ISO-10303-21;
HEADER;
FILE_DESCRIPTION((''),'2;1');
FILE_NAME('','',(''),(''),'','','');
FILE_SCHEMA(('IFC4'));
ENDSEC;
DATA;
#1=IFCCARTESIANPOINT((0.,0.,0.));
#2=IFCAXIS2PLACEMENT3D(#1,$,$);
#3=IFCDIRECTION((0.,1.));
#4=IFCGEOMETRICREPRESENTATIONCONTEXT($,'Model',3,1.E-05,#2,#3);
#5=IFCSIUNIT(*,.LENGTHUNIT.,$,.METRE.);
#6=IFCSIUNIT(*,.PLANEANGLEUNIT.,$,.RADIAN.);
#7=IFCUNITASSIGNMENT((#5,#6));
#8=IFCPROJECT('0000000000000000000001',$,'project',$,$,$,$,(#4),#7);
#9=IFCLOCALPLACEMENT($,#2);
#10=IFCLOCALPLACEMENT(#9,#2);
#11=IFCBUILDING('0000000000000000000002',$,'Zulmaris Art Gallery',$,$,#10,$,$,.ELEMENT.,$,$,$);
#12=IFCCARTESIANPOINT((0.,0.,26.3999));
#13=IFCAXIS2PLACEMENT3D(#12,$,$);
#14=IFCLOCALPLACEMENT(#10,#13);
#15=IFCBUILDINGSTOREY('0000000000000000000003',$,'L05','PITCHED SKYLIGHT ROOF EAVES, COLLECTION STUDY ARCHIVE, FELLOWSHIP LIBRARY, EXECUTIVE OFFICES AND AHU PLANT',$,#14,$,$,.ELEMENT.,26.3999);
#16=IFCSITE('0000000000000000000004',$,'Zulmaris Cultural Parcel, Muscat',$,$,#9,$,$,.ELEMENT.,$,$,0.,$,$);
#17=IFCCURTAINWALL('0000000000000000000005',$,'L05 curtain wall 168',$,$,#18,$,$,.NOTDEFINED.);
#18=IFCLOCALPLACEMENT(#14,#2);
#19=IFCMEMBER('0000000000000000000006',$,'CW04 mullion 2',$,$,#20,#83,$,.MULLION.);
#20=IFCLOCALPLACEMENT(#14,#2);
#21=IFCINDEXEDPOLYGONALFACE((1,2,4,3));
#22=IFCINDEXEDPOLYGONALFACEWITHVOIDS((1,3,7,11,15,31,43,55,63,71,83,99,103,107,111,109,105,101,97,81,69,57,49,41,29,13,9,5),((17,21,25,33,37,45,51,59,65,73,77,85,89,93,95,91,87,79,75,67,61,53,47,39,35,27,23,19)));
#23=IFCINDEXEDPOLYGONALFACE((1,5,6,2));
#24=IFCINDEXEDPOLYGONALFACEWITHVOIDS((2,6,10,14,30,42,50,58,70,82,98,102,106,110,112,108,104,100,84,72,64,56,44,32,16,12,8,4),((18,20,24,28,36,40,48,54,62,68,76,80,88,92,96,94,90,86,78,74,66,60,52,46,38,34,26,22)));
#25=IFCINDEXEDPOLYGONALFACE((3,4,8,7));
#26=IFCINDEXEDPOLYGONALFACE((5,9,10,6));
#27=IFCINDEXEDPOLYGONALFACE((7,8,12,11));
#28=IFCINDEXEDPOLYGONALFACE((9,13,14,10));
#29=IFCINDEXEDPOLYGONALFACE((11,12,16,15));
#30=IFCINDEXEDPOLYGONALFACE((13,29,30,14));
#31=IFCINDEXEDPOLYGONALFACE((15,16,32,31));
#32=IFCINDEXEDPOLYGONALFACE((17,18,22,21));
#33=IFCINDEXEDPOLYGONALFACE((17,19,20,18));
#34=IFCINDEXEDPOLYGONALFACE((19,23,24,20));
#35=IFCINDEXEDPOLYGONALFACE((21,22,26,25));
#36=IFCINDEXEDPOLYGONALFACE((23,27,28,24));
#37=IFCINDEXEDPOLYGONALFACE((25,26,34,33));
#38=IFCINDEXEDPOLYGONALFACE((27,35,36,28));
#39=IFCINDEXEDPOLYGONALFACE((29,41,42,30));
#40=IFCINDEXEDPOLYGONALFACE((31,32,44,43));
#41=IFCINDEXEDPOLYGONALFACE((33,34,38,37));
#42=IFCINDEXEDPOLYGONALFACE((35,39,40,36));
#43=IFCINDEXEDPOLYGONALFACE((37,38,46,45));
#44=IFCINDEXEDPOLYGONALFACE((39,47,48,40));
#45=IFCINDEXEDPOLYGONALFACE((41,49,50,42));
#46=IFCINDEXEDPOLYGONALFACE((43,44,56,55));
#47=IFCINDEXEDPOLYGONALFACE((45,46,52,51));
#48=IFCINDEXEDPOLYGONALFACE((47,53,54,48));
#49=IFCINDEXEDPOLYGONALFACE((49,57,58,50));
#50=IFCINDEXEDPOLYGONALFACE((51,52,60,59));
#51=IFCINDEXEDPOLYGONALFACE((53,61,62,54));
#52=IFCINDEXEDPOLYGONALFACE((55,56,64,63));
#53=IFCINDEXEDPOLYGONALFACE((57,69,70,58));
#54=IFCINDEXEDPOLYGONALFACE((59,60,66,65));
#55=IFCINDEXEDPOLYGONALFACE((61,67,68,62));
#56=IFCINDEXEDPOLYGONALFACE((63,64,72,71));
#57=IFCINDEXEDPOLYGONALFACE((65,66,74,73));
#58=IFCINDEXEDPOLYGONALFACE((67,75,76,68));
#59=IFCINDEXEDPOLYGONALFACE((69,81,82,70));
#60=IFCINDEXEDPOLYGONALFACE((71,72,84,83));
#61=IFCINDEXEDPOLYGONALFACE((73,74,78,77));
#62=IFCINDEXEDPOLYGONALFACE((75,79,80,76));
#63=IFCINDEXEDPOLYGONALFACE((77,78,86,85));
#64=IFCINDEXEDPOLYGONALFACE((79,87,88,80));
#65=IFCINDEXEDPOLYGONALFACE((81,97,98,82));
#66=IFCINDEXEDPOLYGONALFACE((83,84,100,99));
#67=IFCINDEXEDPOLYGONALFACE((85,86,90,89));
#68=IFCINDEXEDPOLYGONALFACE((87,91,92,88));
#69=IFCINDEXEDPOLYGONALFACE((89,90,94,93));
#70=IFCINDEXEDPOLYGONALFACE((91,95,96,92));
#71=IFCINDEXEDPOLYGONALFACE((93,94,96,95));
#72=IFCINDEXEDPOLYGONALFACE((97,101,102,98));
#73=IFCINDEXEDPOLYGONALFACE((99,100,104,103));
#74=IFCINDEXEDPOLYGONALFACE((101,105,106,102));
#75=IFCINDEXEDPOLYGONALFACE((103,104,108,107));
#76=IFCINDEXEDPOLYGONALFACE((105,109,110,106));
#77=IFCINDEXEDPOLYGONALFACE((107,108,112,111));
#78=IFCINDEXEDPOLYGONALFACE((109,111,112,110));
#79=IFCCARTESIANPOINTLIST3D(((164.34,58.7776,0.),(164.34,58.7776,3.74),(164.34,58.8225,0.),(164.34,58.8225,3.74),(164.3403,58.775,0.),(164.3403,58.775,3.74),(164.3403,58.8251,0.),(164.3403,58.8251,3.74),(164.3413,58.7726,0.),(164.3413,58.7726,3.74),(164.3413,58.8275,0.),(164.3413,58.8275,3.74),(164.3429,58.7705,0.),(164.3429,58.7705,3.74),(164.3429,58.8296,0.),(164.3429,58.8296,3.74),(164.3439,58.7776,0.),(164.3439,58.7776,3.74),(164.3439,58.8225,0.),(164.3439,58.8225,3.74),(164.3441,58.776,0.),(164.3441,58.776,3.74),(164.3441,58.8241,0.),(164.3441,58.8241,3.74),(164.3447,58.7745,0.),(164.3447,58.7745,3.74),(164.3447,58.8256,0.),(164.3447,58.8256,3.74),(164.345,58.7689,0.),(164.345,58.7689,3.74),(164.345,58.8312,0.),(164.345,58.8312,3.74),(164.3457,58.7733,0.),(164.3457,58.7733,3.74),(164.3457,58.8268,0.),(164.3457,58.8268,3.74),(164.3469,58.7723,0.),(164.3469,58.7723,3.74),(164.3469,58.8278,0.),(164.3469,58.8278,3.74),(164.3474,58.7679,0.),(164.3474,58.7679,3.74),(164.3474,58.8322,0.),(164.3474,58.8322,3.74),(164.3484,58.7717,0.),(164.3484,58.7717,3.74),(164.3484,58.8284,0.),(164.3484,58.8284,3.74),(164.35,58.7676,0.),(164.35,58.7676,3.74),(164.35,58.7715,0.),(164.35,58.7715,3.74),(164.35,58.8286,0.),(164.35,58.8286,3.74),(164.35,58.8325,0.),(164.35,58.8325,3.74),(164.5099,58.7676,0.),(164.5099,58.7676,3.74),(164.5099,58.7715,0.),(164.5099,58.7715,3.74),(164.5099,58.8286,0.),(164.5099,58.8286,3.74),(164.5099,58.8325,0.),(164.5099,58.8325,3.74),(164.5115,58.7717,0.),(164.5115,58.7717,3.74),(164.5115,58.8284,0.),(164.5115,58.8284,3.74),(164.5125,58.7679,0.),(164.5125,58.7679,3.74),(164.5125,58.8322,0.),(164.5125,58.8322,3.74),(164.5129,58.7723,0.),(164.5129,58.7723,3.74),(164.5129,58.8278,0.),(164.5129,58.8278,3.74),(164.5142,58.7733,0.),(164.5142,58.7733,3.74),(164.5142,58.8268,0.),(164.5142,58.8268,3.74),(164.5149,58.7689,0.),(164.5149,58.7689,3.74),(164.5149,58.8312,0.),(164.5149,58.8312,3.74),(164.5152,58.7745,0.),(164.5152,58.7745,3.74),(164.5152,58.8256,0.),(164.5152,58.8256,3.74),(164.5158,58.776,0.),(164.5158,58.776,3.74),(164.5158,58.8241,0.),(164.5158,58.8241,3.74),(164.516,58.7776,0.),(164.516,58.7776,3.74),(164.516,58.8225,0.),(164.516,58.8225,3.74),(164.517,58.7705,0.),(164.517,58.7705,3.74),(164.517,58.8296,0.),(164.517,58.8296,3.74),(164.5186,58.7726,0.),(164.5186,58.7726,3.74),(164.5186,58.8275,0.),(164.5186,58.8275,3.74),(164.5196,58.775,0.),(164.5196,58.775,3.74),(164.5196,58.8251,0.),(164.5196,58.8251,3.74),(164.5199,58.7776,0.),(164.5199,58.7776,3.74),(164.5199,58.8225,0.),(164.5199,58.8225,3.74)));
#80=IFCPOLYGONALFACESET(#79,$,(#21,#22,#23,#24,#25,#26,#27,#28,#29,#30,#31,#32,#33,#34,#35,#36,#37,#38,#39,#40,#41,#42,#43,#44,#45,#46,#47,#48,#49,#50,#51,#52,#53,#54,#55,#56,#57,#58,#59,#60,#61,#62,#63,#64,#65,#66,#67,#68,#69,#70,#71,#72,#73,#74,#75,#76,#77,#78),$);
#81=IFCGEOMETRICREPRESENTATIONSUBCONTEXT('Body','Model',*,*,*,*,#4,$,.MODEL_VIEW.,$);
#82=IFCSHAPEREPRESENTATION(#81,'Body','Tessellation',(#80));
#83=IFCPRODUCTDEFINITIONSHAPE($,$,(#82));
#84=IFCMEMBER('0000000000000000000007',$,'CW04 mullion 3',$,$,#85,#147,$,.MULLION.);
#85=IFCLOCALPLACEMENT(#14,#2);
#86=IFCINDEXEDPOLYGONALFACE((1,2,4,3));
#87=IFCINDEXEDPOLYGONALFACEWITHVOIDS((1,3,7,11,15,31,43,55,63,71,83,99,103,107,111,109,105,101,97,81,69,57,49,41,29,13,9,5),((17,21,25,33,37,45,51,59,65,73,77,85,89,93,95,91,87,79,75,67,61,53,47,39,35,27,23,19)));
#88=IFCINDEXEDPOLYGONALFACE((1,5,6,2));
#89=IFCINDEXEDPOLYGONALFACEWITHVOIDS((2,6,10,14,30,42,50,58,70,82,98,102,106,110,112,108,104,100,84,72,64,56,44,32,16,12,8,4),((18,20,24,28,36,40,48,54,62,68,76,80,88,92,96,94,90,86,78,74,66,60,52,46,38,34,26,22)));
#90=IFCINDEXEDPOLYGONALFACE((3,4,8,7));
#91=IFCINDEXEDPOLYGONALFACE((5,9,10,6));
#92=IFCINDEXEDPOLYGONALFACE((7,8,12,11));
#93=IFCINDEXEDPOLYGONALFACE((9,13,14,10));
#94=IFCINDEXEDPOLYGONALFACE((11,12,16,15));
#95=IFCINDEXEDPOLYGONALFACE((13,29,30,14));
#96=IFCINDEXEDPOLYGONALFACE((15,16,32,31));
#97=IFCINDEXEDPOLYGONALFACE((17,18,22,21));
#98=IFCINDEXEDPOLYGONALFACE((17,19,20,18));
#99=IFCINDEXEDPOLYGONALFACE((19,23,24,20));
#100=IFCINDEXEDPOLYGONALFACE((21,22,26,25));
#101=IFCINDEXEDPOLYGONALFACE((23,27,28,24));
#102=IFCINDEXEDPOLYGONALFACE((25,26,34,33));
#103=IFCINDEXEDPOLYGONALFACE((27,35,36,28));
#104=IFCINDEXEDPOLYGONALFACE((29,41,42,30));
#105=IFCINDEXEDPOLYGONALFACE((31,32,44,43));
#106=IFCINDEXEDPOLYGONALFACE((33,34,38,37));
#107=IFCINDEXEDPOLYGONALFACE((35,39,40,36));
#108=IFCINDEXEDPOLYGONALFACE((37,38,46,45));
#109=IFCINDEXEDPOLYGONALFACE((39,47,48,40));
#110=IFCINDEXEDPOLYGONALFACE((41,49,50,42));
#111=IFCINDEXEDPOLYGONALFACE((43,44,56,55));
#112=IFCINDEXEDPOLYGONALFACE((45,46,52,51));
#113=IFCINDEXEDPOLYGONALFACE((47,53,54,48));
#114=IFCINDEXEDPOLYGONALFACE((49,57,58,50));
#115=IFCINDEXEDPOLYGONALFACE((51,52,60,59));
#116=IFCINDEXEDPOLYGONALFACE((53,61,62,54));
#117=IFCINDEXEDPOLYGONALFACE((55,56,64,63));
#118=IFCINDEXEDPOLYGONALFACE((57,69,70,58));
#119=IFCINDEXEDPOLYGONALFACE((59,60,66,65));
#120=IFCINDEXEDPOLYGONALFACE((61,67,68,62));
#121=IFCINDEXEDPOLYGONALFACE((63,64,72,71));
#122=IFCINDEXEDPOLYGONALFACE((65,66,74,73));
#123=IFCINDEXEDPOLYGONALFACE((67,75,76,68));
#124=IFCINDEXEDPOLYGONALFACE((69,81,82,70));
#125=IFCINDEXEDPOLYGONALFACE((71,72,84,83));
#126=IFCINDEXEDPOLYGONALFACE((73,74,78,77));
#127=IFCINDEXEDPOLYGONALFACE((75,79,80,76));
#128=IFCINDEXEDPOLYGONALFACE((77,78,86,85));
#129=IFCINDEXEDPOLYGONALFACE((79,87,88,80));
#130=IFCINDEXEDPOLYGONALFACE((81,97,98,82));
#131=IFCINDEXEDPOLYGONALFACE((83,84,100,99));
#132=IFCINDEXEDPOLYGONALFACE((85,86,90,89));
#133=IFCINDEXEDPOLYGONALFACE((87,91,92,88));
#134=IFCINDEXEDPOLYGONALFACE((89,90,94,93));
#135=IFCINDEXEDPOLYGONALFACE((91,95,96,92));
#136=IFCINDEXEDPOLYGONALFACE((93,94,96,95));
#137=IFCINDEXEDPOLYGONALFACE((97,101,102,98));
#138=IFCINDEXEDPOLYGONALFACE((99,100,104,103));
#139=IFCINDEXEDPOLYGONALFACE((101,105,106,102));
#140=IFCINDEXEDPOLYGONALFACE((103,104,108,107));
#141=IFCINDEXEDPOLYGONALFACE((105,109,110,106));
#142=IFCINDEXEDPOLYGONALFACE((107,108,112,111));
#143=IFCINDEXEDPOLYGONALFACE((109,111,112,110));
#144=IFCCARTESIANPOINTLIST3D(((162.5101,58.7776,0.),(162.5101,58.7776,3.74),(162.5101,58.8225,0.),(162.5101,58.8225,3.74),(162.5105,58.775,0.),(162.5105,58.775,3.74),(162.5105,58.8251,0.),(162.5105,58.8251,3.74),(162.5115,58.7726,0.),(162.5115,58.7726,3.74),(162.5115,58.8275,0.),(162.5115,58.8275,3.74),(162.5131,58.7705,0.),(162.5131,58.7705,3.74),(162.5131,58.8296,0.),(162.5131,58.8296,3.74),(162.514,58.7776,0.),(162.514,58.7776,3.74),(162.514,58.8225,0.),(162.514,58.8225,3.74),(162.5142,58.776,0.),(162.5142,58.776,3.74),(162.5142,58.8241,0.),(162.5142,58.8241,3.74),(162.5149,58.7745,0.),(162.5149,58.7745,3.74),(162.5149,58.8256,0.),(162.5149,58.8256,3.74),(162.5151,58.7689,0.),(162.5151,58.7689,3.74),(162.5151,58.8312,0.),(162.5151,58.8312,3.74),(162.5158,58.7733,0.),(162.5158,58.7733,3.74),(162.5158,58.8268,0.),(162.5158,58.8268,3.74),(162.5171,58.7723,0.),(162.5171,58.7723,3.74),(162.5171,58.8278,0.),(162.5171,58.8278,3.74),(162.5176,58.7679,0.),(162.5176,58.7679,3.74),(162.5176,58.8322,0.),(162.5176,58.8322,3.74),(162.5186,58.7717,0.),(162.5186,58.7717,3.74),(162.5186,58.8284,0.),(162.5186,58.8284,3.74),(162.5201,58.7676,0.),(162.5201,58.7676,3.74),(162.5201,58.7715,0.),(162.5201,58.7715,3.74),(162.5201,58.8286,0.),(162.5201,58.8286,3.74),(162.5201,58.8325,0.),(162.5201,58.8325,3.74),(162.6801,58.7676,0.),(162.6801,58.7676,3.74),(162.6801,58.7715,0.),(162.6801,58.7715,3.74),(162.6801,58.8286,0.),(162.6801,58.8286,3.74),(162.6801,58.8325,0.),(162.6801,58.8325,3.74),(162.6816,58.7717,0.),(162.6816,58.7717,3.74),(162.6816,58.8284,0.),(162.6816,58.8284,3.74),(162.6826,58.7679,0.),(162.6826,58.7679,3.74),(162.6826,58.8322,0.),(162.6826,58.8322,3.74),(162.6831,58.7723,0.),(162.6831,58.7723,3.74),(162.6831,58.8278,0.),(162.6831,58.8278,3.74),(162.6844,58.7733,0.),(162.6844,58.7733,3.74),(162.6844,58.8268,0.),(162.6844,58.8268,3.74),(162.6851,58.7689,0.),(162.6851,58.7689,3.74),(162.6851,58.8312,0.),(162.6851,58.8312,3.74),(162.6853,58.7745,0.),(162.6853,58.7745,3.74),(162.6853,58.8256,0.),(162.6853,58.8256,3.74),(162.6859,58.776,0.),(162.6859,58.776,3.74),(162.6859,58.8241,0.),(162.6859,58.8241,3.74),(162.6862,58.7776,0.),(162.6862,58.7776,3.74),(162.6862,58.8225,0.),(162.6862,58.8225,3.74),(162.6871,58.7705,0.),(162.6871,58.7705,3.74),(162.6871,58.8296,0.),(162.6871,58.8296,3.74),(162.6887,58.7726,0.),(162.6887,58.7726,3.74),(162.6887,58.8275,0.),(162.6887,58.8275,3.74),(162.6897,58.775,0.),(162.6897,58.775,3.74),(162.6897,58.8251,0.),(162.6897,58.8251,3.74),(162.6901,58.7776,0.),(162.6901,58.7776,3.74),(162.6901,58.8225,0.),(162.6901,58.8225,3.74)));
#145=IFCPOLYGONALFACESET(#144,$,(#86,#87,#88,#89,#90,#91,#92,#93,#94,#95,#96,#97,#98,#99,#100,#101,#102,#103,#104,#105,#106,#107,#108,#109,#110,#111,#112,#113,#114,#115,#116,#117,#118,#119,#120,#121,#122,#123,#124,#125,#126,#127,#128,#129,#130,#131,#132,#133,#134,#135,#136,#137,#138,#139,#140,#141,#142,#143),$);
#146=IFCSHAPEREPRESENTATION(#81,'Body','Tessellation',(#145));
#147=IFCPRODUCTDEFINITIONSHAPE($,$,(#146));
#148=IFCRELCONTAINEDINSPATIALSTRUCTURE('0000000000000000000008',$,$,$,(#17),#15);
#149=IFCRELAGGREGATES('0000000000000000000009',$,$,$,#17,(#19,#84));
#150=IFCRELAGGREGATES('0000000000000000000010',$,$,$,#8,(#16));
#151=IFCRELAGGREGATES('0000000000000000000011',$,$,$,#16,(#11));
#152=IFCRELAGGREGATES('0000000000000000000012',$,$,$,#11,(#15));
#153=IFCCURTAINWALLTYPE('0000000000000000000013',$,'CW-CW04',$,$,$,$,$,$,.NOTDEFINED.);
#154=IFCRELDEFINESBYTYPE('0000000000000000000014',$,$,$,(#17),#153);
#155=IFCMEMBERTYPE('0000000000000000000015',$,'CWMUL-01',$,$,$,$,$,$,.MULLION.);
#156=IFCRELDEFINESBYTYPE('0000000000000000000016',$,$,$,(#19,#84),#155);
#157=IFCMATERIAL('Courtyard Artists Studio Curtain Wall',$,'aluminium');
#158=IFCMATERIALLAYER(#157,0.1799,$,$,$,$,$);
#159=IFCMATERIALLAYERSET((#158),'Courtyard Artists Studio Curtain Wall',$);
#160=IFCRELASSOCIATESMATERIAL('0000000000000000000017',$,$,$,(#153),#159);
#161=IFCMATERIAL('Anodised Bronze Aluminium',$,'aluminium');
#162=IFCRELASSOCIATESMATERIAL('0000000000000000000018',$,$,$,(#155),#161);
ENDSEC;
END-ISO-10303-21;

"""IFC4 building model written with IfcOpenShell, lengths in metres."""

from ifc_helpers import new_model, si_unit, direction, frame, origin, origin_2d, place, context, subcontext, project, spatial, hollow_rectangle, extrude, material, layer, layer_set, material_profile, profile_set, type_object, element, aggregate, save


model = new_model("IFC4")

# Units and contexts
model_context = context("Model", 3, precision=1e-05, world=origin(), true_north=direction((0.0, 1.0)))
body_context = subcontext(model_context, "Body", "Model", "MODEL_VIEW")
ifc_project = project(units=[si_unit("LENGTHUNIT", "METRE"), si_unit("PLANEANGLEUNIT", "RADIAN")], contexts=[model_context])

# Site, building, storey
site_placement = place(None, origin())
site = spatial("IfcSite", under=ifc_project, at=site_placement, Name="Zulmaris Cultural Parcel, Muscat", CompositionType="ELEMENT", RefElevation=0.0)
building_placement = place(site_placement, origin())
building = spatial("IfcBuilding", under=site, at=building_placement, Name="Zulmaris Art Gallery", CompositionType="ELEMENT")
storey_placement = place(building_placement, frame((0.0, 0.0, 26.3999)))
storey = spatial("IfcBuildingStorey", under=building, at=storey_placement, Name="L05", Description="PITCHED SKYLIGHT ROOF EAVES, COLLECTION STUDY ARCHIVE, FELLOWSHIP LIBRARY, EXECUTIVE OFFICES AND AHU PLANT", CompositionType="ELEMENT", Elevation=26.3999)

# Curtain wall, members
ifc_material_1 = material(Name="Courtyard Artists Studio Curtain Wall", Category="aluminium")
ifc_layer_1 = layer(ifc_material_1, 0.1799)
ifc_layer_set_1 = layer_set([ifc_layer_1], Name="Courtyard Artists Studio Curtain Wall")
curtain_wall_type = type_object("IfcCurtainWallType", Name="CW-CW04", PredefinedType="NOTDEFINED", material=ifc_layer_set_1)
curtain_wall_1_placement = place(storey_placement, origin())
curtain_wall_1 = element("IfcCurtainWall", 1, at=curtain_wall_1_placement, inside=storey, type_object=curtain_wall_type, Name="L05 curtain wall 168", PredefinedType="NOTDEFINED")
ifc_material_2 = material(Name="Anodised Bronze Aluminium", Category="aluminium")
ifc_material_profile_1 = material_profile(ifc_material_2, hollow_rectangle(XDim=0.0649, YDim=0.1799, WallThickness=0.0039, InnerFilletRadius=0.0061, OuterFilletRadius=0.01, at=origin_2d()), Name="ALU 65x180x4")
ifc_profile_set_1 = profile_set([ifc_material_profile_1], Name="Anodised Bronze Aluminium")
member_type_1 = type_object("IfcMemberType", Name="CWMUL-01", PredefinedType="MULLION", material=ifc_profile_set_1)
member_1_placement = place(storey_placement, frame((164.4299, 58.8, 0.0), z_axis=(0.0, 0.0, 1.0), x_axis=(0.0, -1.0, 0.0)))
member_1 = element("IfcMember", 2, at=member_1_placement, type_object=member_type_1, Name="CW04 mullion 2", PredefinedType="MULLION", context=body_context, shape_type="SweptSolid", body=[
    extrude(hollow_rectangle(XDim=0.0649, YDim=0.1799, WallThickness=0.0039, InnerFilletRadius=0.0061, OuterFilletRadius=0.01, at=origin_2d()), origin(), (0.0, 0.0, 1.0), 3.74),
])
member_2_placement = place(storey_placement, frame((162.6001, 58.8, 0.0), z_axis=(0.0, 0.0, 1.0), x_axis=(0.0, -1.0, 0.0)))
member_2 = element("IfcMember", 3, at=member_2_placement, type_object=member_type_1, Name="CW04 mullion 3", PredefinedType="MULLION", context=body_context, shape_type="SweptSolid", body=[
    extrude(hollow_rectangle(XDim=0.0649, YDim=0.1799, WallThickness=0.0039, InnerFilletRadius=0.0061, OuterFilletRadius=0.01, at=origin_2d()), origin(), (0.0, 0.0, 1.0), 3.74),
])

aggregate(curtain_wall_1, [member_1, member_2])

save(model, "model.ifc")
